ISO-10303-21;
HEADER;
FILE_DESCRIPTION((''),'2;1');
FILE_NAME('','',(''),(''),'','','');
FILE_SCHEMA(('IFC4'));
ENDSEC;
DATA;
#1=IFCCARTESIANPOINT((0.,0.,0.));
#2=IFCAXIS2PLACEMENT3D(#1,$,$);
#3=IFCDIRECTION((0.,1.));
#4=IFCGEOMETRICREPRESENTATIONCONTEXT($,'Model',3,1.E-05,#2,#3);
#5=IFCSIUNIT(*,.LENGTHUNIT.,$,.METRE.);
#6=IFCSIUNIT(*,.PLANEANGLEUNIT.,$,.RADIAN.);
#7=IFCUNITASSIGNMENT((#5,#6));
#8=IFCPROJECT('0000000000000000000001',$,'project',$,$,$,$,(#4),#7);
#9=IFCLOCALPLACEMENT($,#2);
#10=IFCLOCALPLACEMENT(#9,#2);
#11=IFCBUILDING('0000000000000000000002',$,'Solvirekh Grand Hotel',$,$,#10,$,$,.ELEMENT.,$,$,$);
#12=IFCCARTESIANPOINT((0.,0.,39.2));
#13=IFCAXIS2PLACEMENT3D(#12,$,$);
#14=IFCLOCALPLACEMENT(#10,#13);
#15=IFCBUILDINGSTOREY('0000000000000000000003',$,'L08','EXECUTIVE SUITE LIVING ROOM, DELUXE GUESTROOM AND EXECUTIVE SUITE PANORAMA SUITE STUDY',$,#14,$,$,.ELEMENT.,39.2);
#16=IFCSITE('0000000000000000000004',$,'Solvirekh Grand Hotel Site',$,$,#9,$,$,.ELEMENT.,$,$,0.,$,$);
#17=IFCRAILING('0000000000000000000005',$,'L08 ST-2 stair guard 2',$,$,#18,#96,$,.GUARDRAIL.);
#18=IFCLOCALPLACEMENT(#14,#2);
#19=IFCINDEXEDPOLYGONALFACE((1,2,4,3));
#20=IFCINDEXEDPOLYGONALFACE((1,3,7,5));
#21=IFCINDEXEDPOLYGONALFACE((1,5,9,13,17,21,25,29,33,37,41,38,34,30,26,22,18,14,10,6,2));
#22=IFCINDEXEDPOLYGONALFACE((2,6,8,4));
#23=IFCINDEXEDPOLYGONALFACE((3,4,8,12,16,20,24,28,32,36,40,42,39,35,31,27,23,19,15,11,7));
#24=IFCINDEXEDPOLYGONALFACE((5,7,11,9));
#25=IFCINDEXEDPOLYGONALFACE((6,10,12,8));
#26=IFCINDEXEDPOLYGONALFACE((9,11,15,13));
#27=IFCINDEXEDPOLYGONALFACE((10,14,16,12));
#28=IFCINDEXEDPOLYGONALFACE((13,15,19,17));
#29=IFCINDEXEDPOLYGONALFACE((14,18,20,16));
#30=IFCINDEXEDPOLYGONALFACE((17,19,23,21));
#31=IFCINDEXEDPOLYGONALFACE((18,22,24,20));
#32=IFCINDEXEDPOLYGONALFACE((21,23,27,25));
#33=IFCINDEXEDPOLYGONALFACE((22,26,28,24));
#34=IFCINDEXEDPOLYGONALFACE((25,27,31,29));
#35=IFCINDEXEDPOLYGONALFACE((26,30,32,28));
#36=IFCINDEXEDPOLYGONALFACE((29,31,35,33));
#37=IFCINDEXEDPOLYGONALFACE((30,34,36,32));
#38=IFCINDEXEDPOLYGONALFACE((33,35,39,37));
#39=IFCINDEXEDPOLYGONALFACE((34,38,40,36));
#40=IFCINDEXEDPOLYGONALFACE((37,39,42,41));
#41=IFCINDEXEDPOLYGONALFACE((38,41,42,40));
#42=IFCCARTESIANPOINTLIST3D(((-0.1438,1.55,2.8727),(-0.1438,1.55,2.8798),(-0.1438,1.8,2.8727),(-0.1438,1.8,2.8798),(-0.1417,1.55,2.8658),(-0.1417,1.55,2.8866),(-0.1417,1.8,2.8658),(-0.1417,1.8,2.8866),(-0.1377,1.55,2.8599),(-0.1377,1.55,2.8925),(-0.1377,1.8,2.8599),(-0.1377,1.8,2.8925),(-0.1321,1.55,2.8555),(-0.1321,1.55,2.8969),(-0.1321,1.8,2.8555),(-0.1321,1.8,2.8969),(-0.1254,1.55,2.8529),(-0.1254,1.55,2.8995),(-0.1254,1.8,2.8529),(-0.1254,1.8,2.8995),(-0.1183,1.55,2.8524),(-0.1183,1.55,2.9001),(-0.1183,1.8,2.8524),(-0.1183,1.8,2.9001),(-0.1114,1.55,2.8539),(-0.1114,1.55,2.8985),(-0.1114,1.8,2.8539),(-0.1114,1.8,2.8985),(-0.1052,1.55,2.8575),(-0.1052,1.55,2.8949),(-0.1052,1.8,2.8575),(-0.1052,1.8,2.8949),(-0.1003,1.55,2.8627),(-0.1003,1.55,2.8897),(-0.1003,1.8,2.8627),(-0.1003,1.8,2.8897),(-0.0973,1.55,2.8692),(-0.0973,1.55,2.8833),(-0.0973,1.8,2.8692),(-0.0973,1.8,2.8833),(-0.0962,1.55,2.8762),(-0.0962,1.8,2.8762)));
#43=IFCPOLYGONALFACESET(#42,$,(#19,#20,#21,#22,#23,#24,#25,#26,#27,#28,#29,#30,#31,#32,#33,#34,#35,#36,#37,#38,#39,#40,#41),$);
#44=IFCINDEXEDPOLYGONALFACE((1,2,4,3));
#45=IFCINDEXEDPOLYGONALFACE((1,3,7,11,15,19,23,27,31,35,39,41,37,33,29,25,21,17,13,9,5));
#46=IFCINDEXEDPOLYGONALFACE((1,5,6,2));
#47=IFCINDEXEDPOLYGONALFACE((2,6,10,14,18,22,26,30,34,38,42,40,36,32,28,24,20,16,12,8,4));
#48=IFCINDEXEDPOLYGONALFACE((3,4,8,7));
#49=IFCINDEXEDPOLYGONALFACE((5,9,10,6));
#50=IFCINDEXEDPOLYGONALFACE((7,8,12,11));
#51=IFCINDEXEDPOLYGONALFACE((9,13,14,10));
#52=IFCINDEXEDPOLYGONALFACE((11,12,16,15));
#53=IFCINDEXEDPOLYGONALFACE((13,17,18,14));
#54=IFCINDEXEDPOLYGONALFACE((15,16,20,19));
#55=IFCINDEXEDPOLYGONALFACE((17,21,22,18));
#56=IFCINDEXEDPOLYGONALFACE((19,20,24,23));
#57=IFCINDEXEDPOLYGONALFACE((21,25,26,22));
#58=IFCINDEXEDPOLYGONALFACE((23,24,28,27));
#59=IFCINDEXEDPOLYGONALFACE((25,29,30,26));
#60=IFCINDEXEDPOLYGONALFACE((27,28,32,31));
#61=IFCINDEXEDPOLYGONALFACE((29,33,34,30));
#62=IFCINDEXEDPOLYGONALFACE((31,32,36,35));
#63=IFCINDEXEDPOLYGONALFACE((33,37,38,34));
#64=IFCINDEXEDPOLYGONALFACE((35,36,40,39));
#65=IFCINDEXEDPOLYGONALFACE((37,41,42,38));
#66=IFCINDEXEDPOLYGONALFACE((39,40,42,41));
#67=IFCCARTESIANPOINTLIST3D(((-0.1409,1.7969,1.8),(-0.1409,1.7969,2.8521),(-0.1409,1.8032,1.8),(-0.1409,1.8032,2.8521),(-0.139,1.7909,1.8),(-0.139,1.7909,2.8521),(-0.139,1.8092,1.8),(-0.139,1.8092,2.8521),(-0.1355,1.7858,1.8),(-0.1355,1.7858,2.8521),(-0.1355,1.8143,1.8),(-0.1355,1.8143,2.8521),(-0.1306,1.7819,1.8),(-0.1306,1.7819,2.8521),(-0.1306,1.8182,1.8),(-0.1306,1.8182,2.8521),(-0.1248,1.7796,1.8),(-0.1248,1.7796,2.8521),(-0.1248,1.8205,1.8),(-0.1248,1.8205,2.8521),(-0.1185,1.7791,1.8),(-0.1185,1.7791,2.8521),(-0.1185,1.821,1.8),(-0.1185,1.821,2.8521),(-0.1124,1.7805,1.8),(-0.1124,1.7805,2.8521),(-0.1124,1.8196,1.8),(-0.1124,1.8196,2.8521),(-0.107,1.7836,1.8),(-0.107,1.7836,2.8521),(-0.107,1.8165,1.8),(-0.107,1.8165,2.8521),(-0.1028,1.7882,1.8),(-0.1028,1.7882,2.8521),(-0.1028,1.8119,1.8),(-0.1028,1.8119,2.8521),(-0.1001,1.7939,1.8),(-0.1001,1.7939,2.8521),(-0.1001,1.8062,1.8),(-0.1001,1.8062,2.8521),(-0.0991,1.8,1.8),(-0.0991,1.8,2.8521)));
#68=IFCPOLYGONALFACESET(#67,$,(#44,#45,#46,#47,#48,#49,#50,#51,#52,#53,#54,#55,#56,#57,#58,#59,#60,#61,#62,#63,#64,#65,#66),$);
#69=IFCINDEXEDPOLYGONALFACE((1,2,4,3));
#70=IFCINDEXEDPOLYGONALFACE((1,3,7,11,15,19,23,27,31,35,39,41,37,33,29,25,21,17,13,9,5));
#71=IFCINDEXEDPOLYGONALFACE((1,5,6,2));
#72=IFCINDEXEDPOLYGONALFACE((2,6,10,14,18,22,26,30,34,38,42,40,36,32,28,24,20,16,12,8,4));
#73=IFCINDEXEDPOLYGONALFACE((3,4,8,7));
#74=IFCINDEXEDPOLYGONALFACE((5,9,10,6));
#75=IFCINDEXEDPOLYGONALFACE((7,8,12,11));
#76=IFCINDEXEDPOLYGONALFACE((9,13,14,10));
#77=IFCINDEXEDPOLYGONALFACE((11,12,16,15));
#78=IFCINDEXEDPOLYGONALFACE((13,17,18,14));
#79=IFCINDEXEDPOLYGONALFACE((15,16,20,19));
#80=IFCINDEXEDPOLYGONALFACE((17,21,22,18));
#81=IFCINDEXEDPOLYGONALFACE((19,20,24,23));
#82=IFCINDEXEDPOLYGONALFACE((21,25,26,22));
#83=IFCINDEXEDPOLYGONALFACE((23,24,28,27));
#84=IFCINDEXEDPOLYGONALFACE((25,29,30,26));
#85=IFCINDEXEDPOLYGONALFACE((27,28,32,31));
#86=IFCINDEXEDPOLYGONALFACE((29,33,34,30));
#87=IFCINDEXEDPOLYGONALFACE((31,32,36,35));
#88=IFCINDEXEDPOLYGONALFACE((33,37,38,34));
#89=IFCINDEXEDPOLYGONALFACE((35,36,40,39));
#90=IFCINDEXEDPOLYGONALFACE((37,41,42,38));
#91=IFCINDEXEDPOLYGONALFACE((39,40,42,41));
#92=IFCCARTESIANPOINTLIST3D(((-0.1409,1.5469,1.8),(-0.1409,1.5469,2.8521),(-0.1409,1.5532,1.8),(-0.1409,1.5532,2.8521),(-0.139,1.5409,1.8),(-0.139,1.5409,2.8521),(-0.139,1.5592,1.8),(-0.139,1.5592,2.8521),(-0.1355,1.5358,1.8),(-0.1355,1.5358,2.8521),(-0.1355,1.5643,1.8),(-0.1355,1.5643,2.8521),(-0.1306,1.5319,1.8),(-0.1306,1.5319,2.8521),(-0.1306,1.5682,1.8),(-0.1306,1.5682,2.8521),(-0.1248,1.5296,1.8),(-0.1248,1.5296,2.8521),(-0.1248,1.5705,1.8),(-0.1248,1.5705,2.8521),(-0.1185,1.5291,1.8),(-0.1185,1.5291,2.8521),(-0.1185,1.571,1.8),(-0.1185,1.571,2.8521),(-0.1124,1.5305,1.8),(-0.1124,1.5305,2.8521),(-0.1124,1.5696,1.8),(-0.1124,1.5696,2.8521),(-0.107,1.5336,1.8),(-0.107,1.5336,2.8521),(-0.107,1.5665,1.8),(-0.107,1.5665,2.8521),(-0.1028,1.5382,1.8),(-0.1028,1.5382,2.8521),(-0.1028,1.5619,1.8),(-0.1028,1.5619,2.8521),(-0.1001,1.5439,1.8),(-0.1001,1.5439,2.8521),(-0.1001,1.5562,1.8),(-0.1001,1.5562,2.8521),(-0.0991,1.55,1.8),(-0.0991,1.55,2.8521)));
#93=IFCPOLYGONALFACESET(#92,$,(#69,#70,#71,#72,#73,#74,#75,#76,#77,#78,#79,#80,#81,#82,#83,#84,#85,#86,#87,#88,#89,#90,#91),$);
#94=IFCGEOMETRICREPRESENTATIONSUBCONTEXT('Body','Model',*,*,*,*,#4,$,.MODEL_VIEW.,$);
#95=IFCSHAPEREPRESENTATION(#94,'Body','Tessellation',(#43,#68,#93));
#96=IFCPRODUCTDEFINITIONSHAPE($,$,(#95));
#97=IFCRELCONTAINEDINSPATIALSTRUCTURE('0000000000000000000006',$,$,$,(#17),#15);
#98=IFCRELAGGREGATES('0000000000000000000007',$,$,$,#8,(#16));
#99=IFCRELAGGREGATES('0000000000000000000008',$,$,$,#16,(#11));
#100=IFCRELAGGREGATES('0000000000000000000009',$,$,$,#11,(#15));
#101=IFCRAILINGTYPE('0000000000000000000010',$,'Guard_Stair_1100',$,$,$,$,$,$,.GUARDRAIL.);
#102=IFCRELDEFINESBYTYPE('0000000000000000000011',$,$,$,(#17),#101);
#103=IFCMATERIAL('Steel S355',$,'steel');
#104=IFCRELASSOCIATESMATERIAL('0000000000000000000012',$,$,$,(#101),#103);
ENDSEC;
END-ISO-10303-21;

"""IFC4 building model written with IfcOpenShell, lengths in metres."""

from ifc_helpers import new_model, si_unit, direction, frame, origin, origin_2d, place, context, subcontext, project, spatial, circle, extrude, material, type_object, element, save


model = new_model("IFC4")

# Units and contexts
model_context = context("Model", 3, precision=1e-05, world=origin(), true_north=direction((0.0, 1.0)))
body_context = subcontext(model_context, "Body", "Model", "MODEL_VIEW")
ifc_project = project(units=[si_unit("LENGTHUNIT", "METRE"), si_unit("PLANEANGLEUNIT", "RADIAN")], contexts=[model_context])

# Site, building, storey
site_placement = place(None, origin())
site = spatial("IfcSite", under=ifc_project, at=site_placement, Name="Solvirekh Grand Hotel Site", CompositionType="ELEMENT", RefElevation=0.0)
building_placement = place(site_placement, origin())
building = spatial("IfcBuilding", under=site, at=building_placement, Name="Solvirekh Grand Hotel", CompositionType="ELEMENT")
storey_placement = place(building_placement, frame((0.0, 0.0, 39.2)))
storey = spatial("IfcBuildingStorey", under=building, at=storey_placement, Name="L08", Description="EXECUTIVE SUITE LIVING ROOM, DELUXE GUESTROOM AND EXECUTIVE SUITE PANORAMA SUITE STUDY", CompositionType="ELEMENT", Elevation=39.2)

# Railing
ifc_material_1 = material(Name="Steel S355", Category="steel")
railing_type_1 = type_object("IfcRailingType", Name="Guard_Stair_1100", PredefinedType="GUARDRAIL", material=ifc_material_1)
railing_1_placement = place(storey_placement, frame((-0.1201, 1.8, 1.8)))
element("IfcRailing", 1, at=railing_1_placement, inside=storey, type_object=railing_type_1, Name="L08 ST-2 stair guard 2", PredefinedType="GUARDRAIL", context=body_context, shape_type="SweptSolid", body=[
    extrude(circle(Radius=0.0239, at=origin_2d()), frame((0.0, 0.0, 1.0762), z_axis=(0.0, -1.0, 0.0), x_axis=(1.0, 0.0, 0.0)), (0.0, 0.0, 1.0), 0.25),
    extrude(circle(Radius=0.021, at=origin_2d()), origin(), (0.0, 0.0, 1.0), 1.052),
    extrude(circle(Radius=0.021, at=origin_2d()), frame((0.0, -0.25, 0.0)), (0.0, 0.0, 1.0), 1.052),
])

save(model, "model.ifc")
